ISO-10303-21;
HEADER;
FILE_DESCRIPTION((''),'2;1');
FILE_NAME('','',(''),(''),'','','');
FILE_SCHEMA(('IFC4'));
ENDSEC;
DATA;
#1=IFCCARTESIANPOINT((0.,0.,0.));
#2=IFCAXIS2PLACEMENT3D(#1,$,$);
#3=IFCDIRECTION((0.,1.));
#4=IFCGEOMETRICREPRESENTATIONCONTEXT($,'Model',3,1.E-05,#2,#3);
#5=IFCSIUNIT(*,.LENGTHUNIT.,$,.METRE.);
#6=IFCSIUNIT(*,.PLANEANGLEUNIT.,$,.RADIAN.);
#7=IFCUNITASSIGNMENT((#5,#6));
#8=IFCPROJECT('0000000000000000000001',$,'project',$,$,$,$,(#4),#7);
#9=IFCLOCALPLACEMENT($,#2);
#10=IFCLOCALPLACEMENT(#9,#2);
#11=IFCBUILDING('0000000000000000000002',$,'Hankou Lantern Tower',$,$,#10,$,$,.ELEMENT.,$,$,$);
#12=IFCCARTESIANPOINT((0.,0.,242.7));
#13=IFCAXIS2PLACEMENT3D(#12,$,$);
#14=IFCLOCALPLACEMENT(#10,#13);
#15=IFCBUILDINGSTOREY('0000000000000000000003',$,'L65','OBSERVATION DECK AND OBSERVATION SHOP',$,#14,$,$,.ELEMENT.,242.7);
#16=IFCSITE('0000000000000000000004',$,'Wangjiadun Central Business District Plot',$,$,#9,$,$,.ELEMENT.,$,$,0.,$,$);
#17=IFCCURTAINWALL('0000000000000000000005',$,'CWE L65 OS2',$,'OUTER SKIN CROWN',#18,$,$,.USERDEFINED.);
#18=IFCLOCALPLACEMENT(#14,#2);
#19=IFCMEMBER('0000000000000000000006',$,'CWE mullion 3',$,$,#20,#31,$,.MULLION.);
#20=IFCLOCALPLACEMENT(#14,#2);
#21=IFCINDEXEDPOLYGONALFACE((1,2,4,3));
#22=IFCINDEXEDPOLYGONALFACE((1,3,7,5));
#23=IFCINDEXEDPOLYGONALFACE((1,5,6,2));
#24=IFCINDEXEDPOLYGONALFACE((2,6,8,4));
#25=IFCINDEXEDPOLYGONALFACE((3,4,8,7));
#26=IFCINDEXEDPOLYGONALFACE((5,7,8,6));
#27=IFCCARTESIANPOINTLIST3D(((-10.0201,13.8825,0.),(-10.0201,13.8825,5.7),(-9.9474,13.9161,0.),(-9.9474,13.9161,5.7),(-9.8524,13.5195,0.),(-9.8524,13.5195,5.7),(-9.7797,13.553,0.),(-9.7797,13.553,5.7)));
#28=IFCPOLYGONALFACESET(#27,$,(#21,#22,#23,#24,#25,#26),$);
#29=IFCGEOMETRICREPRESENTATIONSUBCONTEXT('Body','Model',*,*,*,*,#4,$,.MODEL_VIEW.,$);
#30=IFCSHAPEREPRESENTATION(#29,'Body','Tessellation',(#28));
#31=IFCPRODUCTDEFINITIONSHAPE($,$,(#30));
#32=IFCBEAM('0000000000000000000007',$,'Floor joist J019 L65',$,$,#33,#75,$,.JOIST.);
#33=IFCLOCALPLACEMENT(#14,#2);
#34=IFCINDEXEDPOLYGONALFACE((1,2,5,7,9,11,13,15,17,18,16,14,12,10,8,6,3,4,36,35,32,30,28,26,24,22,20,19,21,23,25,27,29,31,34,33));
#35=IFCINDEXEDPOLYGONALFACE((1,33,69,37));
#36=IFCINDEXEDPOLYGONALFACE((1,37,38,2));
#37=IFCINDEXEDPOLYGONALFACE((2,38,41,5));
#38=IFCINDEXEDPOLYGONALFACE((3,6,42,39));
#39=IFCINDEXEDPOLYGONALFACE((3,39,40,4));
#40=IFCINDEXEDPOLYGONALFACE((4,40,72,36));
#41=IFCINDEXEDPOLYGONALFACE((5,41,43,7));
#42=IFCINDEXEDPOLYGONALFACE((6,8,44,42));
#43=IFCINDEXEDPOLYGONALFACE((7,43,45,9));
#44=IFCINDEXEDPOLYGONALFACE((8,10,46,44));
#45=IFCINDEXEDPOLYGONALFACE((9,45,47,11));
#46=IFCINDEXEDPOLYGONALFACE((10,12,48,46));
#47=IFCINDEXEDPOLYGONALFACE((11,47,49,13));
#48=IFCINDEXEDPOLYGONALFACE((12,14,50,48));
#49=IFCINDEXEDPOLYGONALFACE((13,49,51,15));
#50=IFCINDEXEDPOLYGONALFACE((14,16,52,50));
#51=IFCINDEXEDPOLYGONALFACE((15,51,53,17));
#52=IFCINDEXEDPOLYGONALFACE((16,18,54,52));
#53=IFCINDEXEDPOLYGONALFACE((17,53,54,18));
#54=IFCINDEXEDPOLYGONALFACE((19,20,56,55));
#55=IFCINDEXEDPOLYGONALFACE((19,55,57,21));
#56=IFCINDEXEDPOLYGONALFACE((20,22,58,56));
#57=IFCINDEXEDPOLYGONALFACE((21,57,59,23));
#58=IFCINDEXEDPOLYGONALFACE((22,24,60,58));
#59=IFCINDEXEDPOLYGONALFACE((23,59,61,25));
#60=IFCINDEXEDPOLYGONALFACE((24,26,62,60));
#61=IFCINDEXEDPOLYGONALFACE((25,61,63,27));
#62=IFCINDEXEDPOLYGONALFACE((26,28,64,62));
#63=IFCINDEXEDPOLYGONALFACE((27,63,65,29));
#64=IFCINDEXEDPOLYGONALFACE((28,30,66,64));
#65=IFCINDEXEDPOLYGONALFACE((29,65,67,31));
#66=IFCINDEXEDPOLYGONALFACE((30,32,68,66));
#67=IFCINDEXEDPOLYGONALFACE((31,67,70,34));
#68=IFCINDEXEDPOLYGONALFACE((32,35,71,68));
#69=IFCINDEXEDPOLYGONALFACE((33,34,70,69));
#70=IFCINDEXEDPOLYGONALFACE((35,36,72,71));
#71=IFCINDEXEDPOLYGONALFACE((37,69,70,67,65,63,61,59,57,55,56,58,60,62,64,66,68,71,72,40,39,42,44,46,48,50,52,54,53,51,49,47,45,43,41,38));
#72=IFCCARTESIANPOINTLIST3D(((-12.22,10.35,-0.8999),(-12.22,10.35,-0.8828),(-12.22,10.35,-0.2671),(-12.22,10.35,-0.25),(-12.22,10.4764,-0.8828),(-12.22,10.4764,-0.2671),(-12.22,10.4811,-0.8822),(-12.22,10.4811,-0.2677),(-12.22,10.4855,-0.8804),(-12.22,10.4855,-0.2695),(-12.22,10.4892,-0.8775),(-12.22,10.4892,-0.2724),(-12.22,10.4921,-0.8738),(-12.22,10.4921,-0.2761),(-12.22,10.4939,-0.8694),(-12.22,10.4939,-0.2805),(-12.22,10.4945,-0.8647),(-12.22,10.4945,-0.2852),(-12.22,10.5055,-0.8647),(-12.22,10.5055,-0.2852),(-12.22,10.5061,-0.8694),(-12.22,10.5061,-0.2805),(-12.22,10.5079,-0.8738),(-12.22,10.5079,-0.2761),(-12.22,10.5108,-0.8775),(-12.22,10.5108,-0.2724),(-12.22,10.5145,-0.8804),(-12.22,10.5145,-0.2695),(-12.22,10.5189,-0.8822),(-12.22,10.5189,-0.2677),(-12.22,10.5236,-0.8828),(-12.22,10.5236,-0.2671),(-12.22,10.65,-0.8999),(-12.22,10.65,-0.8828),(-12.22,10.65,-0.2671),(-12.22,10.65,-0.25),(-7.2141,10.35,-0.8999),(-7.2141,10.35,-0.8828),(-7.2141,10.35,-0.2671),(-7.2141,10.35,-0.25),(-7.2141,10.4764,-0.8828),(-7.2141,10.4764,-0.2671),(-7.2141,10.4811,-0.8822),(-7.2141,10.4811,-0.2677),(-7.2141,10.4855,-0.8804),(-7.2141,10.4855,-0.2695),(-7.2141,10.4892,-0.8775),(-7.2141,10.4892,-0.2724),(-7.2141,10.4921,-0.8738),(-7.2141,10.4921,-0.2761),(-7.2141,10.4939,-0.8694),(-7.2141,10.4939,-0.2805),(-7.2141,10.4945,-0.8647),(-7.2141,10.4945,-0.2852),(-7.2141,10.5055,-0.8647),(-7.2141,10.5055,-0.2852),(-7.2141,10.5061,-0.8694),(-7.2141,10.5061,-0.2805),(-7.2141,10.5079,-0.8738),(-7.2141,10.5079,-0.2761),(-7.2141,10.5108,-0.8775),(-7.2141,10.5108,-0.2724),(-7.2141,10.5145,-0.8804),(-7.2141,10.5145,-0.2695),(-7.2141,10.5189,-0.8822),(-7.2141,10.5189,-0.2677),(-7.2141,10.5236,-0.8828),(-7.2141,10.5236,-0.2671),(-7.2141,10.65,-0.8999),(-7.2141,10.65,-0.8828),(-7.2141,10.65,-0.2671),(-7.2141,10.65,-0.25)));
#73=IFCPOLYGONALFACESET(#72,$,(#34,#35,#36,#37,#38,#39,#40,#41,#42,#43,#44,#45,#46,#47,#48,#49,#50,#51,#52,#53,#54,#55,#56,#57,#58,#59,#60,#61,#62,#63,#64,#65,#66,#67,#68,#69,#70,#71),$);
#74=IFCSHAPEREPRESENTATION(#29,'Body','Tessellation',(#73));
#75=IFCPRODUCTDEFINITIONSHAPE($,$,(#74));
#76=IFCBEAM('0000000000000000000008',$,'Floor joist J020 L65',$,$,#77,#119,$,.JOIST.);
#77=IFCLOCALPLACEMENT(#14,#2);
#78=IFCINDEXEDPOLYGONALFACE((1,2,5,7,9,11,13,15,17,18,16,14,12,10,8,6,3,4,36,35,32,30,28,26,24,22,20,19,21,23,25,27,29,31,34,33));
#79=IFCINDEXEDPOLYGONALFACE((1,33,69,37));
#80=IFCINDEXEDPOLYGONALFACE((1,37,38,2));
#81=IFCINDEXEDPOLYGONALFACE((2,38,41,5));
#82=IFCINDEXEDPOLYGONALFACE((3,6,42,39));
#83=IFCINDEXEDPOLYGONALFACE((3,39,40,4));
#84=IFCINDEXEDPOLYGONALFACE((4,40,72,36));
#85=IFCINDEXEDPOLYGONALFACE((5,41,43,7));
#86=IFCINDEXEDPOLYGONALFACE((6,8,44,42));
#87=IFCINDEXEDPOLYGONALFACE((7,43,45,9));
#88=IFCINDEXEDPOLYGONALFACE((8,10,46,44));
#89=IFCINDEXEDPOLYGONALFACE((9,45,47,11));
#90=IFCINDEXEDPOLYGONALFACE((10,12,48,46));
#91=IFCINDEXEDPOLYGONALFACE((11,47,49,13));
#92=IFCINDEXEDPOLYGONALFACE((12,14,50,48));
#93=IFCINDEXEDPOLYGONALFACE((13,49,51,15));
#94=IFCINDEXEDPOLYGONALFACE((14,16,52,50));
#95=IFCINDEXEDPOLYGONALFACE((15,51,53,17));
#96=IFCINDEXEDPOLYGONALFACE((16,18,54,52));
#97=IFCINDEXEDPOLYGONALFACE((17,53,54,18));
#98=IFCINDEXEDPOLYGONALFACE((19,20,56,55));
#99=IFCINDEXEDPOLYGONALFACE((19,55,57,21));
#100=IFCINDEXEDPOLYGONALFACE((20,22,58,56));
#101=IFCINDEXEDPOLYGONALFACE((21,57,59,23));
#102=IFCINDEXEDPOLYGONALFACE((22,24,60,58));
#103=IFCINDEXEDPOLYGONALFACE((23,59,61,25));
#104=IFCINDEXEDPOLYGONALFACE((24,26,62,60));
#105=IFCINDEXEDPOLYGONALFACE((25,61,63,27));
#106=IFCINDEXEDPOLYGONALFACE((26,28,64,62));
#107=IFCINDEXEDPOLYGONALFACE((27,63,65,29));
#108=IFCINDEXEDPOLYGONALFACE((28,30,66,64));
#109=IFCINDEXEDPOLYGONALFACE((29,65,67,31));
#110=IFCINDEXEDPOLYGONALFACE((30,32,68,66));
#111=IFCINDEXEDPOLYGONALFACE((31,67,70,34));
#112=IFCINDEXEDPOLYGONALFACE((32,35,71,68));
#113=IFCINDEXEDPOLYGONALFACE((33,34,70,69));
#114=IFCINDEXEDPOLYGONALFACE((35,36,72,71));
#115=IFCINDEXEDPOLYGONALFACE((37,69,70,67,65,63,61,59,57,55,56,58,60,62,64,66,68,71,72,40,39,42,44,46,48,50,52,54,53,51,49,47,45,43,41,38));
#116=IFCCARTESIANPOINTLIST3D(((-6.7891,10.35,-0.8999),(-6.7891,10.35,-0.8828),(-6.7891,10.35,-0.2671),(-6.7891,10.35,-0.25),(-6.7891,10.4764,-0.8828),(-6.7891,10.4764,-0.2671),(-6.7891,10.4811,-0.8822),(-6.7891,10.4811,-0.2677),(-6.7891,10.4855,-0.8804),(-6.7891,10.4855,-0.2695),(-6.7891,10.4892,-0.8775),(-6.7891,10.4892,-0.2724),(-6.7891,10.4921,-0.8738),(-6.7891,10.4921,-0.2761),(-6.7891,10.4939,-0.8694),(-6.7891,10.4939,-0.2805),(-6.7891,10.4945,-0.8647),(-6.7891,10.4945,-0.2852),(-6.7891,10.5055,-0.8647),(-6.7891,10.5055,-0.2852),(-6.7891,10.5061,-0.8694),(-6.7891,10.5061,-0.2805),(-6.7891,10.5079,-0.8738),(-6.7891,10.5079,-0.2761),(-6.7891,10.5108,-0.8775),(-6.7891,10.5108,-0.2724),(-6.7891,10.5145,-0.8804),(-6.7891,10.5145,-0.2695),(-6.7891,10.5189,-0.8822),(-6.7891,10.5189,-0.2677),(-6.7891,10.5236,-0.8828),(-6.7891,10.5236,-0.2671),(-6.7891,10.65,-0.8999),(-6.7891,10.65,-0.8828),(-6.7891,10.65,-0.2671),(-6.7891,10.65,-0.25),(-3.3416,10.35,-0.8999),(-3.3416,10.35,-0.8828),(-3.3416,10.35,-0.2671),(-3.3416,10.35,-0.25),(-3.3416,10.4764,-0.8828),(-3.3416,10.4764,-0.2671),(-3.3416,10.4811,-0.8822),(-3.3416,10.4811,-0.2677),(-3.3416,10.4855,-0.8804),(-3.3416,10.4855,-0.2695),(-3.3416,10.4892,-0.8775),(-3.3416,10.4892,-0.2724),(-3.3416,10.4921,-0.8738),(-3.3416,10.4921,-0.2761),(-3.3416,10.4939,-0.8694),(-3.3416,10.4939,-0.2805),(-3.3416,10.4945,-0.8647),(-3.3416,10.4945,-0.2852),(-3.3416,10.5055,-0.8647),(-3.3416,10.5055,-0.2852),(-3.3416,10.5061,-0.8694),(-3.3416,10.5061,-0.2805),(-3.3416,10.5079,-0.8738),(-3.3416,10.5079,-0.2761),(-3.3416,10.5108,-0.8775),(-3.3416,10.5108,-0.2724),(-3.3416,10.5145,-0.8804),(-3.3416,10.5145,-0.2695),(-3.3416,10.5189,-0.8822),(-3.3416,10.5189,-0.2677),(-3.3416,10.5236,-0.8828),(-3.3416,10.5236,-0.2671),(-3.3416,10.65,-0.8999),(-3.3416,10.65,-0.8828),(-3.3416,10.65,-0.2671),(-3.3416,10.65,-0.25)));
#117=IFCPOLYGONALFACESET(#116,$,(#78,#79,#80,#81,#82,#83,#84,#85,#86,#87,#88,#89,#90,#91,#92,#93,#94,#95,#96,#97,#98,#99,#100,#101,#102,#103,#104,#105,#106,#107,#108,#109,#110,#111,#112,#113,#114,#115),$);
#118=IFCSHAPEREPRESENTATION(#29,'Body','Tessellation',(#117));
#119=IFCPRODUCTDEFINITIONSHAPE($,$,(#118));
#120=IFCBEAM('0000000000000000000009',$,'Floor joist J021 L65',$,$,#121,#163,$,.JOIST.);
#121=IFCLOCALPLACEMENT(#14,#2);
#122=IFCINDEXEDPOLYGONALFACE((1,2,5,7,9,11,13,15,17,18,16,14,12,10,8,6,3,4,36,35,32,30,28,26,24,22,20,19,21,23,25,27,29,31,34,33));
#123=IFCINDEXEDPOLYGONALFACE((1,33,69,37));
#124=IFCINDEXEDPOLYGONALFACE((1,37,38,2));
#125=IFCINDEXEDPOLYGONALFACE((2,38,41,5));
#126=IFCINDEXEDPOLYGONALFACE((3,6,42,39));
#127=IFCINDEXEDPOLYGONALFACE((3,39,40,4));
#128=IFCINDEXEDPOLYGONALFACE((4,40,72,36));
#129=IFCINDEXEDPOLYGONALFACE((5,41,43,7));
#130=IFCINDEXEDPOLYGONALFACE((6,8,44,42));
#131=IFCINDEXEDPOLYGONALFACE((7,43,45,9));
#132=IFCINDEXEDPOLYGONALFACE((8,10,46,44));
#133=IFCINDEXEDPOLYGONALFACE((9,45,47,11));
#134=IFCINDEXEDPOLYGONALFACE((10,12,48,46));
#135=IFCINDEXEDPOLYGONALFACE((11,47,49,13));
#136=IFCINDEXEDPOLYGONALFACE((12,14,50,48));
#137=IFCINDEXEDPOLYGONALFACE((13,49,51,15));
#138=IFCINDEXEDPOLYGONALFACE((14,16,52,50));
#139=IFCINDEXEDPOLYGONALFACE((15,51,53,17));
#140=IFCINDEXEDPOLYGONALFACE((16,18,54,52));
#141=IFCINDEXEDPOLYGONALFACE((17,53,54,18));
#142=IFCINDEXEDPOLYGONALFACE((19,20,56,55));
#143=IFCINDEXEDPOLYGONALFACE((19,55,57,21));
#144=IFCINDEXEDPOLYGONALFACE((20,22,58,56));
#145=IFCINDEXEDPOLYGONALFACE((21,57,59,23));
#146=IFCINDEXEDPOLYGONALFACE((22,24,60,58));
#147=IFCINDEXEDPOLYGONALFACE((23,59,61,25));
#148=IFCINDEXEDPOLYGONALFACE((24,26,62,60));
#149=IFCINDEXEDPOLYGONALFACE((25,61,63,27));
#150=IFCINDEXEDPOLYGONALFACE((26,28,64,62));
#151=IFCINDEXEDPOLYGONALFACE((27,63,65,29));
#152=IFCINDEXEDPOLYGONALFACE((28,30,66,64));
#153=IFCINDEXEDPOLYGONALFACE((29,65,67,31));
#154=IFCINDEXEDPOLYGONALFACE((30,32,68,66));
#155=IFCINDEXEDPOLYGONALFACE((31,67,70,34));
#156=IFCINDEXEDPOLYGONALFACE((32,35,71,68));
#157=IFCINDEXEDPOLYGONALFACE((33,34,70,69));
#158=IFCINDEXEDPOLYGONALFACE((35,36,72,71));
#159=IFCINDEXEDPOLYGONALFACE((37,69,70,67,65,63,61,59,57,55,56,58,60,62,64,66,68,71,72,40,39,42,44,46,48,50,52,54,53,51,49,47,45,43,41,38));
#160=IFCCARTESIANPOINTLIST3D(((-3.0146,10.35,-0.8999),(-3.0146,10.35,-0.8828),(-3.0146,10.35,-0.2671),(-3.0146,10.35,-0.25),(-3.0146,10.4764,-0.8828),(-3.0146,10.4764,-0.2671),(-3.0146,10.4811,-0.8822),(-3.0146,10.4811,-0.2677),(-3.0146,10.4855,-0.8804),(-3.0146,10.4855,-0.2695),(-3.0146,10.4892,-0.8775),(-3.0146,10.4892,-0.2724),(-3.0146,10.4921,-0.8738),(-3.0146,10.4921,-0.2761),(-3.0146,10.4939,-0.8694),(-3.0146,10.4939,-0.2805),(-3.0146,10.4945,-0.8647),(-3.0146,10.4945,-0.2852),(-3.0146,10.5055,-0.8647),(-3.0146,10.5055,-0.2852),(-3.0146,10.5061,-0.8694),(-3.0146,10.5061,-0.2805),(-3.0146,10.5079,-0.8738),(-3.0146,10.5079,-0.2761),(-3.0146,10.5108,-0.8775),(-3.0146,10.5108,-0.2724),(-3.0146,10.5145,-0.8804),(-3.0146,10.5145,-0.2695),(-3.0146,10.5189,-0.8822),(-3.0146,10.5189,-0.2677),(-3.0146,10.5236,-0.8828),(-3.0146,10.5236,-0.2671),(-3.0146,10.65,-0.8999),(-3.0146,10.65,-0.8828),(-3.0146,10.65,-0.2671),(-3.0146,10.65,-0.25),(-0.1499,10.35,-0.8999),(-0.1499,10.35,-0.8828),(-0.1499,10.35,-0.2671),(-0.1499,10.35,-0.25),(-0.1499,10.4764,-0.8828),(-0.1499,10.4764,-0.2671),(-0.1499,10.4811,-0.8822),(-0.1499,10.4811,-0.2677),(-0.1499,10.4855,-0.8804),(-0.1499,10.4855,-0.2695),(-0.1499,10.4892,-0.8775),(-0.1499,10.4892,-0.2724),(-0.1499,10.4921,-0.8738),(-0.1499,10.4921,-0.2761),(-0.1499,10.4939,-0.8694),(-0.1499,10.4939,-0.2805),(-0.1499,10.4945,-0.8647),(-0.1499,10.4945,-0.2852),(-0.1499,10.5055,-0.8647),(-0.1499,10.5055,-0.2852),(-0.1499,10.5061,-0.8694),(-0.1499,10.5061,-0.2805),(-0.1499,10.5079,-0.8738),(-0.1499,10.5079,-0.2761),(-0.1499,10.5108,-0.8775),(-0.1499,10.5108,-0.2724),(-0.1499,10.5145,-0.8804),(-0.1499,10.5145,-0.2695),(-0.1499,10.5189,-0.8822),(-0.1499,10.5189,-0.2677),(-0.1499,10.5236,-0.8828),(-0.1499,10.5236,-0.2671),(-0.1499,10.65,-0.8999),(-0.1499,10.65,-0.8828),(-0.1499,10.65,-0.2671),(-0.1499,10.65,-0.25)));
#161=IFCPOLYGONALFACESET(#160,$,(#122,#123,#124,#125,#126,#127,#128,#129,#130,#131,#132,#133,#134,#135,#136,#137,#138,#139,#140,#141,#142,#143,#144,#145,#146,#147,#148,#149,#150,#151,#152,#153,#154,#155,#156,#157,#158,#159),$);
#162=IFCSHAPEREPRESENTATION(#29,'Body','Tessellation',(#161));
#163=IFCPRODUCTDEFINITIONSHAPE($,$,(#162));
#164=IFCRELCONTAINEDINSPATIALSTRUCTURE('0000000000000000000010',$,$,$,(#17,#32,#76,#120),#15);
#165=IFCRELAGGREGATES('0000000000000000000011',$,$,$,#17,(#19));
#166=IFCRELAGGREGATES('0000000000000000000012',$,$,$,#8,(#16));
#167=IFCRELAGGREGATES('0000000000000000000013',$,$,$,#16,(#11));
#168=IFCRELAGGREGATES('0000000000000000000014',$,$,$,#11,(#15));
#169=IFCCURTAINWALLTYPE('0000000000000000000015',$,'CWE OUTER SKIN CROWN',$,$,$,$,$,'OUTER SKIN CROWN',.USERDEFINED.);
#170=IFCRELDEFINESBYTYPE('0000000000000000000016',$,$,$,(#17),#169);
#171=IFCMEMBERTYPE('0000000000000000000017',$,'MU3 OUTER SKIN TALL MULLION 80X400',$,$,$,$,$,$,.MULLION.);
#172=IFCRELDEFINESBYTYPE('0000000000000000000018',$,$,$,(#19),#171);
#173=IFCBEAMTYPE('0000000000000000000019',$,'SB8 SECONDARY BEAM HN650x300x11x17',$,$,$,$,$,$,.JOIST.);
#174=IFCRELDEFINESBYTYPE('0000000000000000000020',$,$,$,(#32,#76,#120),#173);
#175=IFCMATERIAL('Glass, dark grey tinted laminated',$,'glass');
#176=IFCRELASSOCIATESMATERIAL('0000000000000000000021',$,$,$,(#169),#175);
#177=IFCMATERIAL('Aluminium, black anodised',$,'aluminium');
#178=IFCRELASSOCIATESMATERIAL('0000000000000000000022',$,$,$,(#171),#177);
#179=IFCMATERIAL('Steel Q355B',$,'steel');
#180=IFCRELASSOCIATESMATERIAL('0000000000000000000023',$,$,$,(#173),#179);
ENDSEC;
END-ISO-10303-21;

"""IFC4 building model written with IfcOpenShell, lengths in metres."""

from ifc_helpers import new_model, si_unit, direction, frame, origin, origin_2d, place, context, subcontext, project, spatial, rectangle, i_section, extrude, material, material_profile, profile_set, type_object, element, aggregate, save


model = new_model("IFC4")

# Units and contexts
model_context = context("Model", 3, precision=1e-05, world=origin(), true_north=direction((0.0, 1.0)))
body_context = subcontext(model_context, "Body", "Model", "MODEL_VIEW")
ifc_project = project(units=[si_unit("LENGTHUNIT", "METRE"), si_unit("PLANEANGLEUNIT", "RADIAN")], contexts=[model_context])

# Site, building, storey
site_placement = place(None, origin())
site = spatial("IfcSite", under=ifc_project, at=site_placement, Name="Wangjiadun Central Business District Plot", CompositionType="ELEMENT", RefElevation=0.0)
building_placement = place(site_placement, origin())
building = spatial("IfcBuilding", under=site, at=building_placement, Name="Hankou Lantern Tower", CompositionType="ELEMENT")
storey_placement = place(building_placement, frame((0.0, 0.0, 242.7)))
storey = spatial("IfcBuildingStorey", under=building, at=storey_placement, Name="L65", Description="OBSERVATION DECK AND OBSERVATION SHOP", CompositionType="ELEMENT", Elevation=242.7)

# Curtain wall, member
ifc_material_1 = material(Name="Glass, dark grey tinted laminated", Category="glass")
curtain_wall_type = type_object("IfcCurtainWallType", Name="CWE OUTER SKIN CROWN", ElementType="OUTER SKIN CROWN", PredefinedType="USERDEFINED", material=ifc_material_1)
curtain_wall_placement = place(storey_placement, origin())
curtain_wall = element("IfcCurtainWall", 1, at=curtain_wall_placement, inside=storey, type_object=curtain_wall_type, Name="CWE L65 OS2", ObjectType="OUTER SKIN CROWN", PredefinedType="USERDEFINED")
ifc_material_2 = material(Name="Aluminium, black anodised", Category="aluminium")
ifc_material_profile_1 = material_profile(ifc_material_2, rectangle(XDim=0.0801, YDim=0.3999, at=origin_2d()), Name="MU3 80X400")
ifc_profile_set_1 = profile_set([ifc_material_profile_1], Name="Aluminium, black anodised")
member_type_1 = type_object("IfcMemberType", Name="MU3 OUTER SKIN TALL MULLION 80X400", PredefinedType="MULLION", material=ifc_profile_set_1)
member_1_placement = place(storey_placement, frame((-9.8999, 13.7178, 0.0), z_axis=(0.0, 0.0, 1.0), x_axis=(-0.907841, -0.419314, 0.0)))
member_1 = element("IfcMember", 2, at=member_1_placement, type_object=member_type_1, Name="CWE mullion 3", PredefinedType="MULLION", context=body_context, shape_type="SweptSolid", body=[
    extrude(rectangle(XDim=0.0801, YDim=0.3999, at=origin_2d()), origin(), (0.0, 0.0, 1.0), 5.7),
])

# Beams
ifc_material_3 = material(Name="Steel Q355B", Category="steel")
ifc_material_profile_2 = material_profile(ifc_material_3, i_section(OverallWidth=0.3, OverallDepth=0.6499, WebThickness=0.011, FlangeThickness=0.0171, FilletRadius=0.0181, at=origin_2d()), Name="HN650x300x11x17")
ifc_profile_set_2 = profile_set([ifc_material_profile_2], Name="Steel Q355B")
beam_type_1 = type_object("IfcBeamType", Name="SB8 SECONDARY BEAM HN650x300x11x17", PredefinedType="JOIST", material=ifc_profile_set_2)
beam_1_placement = place(storey_placement, frame((-12.22, 10.5, -0.575), z_axis=(1.0, 0.0, 0.0), x_axis=(0.0, 1.0, 0.0)))
element("IfcBeam", 3, at=beam_1_placement, inside=storey, type_object=beam_type_1, Name="Floor joist J019 L65", PredefinedType="JOIST", context=body_context, shape_type="SweptSolid", body=[
    extrude(i_section(OverallWidth=0.3, OverallDepth=0.6499, WebThickness=0.011, FlangeThickness=0.0171, FilletRadius=0.0181, at=origin_2d()), origin(), (0.0, 0.0, 1.0), 5.0059),
])
beam_2_placement = place(storey_placement, frame((-6.7891, 10.5, -0.575), z_axis=(1.0, 0.0, 0.0), x_axis=(0.0, 1.0, 0.0)))
element("IfcBeam", 4, at=beam_2_placement, inside=storey, type_object=beam_type_1, Name="Floor joist J020 L65", PredefinedType="JOIST", context=body_context, shape_type="SweptSolid", body=[
    extrude(i_section(OverallWidth=0.3, OverallDepth=0.6499, WebThickness=0.011, FlangeThickness=0.0171, FilletRadius=0.0181, at=origin_2d()), origin(), (0.0, 0.0, 1.0), 3.4475),
])
beam_3_placement = place(storey_placement, frame((-3.0146, 10.5, -0.575), z_axis=(1.0, 0.0, 0.0), x_axis=(0.0, 1.0, 0.0)))
element("IfcBeam", 5, at=beam_3_placement, inside=storey, type_object=beam_type_1, Name="Floor joist J021 L65", PredefinedType="JOIST", context=body_context, shape_type="SweptSolid", body=[
    extrude(i_section(OverallWidth=0.3, OverallDepth=0.6499, WebThickness=0.011, FlangeThickness=0.0171, FilletRadius=0.0181, at=origin_2d()), origin(), (0.0, 0.0, 1.0), 2.8647),
])

aggregate(curtain_wall, [member_1])

save(model, "model.ifc")
